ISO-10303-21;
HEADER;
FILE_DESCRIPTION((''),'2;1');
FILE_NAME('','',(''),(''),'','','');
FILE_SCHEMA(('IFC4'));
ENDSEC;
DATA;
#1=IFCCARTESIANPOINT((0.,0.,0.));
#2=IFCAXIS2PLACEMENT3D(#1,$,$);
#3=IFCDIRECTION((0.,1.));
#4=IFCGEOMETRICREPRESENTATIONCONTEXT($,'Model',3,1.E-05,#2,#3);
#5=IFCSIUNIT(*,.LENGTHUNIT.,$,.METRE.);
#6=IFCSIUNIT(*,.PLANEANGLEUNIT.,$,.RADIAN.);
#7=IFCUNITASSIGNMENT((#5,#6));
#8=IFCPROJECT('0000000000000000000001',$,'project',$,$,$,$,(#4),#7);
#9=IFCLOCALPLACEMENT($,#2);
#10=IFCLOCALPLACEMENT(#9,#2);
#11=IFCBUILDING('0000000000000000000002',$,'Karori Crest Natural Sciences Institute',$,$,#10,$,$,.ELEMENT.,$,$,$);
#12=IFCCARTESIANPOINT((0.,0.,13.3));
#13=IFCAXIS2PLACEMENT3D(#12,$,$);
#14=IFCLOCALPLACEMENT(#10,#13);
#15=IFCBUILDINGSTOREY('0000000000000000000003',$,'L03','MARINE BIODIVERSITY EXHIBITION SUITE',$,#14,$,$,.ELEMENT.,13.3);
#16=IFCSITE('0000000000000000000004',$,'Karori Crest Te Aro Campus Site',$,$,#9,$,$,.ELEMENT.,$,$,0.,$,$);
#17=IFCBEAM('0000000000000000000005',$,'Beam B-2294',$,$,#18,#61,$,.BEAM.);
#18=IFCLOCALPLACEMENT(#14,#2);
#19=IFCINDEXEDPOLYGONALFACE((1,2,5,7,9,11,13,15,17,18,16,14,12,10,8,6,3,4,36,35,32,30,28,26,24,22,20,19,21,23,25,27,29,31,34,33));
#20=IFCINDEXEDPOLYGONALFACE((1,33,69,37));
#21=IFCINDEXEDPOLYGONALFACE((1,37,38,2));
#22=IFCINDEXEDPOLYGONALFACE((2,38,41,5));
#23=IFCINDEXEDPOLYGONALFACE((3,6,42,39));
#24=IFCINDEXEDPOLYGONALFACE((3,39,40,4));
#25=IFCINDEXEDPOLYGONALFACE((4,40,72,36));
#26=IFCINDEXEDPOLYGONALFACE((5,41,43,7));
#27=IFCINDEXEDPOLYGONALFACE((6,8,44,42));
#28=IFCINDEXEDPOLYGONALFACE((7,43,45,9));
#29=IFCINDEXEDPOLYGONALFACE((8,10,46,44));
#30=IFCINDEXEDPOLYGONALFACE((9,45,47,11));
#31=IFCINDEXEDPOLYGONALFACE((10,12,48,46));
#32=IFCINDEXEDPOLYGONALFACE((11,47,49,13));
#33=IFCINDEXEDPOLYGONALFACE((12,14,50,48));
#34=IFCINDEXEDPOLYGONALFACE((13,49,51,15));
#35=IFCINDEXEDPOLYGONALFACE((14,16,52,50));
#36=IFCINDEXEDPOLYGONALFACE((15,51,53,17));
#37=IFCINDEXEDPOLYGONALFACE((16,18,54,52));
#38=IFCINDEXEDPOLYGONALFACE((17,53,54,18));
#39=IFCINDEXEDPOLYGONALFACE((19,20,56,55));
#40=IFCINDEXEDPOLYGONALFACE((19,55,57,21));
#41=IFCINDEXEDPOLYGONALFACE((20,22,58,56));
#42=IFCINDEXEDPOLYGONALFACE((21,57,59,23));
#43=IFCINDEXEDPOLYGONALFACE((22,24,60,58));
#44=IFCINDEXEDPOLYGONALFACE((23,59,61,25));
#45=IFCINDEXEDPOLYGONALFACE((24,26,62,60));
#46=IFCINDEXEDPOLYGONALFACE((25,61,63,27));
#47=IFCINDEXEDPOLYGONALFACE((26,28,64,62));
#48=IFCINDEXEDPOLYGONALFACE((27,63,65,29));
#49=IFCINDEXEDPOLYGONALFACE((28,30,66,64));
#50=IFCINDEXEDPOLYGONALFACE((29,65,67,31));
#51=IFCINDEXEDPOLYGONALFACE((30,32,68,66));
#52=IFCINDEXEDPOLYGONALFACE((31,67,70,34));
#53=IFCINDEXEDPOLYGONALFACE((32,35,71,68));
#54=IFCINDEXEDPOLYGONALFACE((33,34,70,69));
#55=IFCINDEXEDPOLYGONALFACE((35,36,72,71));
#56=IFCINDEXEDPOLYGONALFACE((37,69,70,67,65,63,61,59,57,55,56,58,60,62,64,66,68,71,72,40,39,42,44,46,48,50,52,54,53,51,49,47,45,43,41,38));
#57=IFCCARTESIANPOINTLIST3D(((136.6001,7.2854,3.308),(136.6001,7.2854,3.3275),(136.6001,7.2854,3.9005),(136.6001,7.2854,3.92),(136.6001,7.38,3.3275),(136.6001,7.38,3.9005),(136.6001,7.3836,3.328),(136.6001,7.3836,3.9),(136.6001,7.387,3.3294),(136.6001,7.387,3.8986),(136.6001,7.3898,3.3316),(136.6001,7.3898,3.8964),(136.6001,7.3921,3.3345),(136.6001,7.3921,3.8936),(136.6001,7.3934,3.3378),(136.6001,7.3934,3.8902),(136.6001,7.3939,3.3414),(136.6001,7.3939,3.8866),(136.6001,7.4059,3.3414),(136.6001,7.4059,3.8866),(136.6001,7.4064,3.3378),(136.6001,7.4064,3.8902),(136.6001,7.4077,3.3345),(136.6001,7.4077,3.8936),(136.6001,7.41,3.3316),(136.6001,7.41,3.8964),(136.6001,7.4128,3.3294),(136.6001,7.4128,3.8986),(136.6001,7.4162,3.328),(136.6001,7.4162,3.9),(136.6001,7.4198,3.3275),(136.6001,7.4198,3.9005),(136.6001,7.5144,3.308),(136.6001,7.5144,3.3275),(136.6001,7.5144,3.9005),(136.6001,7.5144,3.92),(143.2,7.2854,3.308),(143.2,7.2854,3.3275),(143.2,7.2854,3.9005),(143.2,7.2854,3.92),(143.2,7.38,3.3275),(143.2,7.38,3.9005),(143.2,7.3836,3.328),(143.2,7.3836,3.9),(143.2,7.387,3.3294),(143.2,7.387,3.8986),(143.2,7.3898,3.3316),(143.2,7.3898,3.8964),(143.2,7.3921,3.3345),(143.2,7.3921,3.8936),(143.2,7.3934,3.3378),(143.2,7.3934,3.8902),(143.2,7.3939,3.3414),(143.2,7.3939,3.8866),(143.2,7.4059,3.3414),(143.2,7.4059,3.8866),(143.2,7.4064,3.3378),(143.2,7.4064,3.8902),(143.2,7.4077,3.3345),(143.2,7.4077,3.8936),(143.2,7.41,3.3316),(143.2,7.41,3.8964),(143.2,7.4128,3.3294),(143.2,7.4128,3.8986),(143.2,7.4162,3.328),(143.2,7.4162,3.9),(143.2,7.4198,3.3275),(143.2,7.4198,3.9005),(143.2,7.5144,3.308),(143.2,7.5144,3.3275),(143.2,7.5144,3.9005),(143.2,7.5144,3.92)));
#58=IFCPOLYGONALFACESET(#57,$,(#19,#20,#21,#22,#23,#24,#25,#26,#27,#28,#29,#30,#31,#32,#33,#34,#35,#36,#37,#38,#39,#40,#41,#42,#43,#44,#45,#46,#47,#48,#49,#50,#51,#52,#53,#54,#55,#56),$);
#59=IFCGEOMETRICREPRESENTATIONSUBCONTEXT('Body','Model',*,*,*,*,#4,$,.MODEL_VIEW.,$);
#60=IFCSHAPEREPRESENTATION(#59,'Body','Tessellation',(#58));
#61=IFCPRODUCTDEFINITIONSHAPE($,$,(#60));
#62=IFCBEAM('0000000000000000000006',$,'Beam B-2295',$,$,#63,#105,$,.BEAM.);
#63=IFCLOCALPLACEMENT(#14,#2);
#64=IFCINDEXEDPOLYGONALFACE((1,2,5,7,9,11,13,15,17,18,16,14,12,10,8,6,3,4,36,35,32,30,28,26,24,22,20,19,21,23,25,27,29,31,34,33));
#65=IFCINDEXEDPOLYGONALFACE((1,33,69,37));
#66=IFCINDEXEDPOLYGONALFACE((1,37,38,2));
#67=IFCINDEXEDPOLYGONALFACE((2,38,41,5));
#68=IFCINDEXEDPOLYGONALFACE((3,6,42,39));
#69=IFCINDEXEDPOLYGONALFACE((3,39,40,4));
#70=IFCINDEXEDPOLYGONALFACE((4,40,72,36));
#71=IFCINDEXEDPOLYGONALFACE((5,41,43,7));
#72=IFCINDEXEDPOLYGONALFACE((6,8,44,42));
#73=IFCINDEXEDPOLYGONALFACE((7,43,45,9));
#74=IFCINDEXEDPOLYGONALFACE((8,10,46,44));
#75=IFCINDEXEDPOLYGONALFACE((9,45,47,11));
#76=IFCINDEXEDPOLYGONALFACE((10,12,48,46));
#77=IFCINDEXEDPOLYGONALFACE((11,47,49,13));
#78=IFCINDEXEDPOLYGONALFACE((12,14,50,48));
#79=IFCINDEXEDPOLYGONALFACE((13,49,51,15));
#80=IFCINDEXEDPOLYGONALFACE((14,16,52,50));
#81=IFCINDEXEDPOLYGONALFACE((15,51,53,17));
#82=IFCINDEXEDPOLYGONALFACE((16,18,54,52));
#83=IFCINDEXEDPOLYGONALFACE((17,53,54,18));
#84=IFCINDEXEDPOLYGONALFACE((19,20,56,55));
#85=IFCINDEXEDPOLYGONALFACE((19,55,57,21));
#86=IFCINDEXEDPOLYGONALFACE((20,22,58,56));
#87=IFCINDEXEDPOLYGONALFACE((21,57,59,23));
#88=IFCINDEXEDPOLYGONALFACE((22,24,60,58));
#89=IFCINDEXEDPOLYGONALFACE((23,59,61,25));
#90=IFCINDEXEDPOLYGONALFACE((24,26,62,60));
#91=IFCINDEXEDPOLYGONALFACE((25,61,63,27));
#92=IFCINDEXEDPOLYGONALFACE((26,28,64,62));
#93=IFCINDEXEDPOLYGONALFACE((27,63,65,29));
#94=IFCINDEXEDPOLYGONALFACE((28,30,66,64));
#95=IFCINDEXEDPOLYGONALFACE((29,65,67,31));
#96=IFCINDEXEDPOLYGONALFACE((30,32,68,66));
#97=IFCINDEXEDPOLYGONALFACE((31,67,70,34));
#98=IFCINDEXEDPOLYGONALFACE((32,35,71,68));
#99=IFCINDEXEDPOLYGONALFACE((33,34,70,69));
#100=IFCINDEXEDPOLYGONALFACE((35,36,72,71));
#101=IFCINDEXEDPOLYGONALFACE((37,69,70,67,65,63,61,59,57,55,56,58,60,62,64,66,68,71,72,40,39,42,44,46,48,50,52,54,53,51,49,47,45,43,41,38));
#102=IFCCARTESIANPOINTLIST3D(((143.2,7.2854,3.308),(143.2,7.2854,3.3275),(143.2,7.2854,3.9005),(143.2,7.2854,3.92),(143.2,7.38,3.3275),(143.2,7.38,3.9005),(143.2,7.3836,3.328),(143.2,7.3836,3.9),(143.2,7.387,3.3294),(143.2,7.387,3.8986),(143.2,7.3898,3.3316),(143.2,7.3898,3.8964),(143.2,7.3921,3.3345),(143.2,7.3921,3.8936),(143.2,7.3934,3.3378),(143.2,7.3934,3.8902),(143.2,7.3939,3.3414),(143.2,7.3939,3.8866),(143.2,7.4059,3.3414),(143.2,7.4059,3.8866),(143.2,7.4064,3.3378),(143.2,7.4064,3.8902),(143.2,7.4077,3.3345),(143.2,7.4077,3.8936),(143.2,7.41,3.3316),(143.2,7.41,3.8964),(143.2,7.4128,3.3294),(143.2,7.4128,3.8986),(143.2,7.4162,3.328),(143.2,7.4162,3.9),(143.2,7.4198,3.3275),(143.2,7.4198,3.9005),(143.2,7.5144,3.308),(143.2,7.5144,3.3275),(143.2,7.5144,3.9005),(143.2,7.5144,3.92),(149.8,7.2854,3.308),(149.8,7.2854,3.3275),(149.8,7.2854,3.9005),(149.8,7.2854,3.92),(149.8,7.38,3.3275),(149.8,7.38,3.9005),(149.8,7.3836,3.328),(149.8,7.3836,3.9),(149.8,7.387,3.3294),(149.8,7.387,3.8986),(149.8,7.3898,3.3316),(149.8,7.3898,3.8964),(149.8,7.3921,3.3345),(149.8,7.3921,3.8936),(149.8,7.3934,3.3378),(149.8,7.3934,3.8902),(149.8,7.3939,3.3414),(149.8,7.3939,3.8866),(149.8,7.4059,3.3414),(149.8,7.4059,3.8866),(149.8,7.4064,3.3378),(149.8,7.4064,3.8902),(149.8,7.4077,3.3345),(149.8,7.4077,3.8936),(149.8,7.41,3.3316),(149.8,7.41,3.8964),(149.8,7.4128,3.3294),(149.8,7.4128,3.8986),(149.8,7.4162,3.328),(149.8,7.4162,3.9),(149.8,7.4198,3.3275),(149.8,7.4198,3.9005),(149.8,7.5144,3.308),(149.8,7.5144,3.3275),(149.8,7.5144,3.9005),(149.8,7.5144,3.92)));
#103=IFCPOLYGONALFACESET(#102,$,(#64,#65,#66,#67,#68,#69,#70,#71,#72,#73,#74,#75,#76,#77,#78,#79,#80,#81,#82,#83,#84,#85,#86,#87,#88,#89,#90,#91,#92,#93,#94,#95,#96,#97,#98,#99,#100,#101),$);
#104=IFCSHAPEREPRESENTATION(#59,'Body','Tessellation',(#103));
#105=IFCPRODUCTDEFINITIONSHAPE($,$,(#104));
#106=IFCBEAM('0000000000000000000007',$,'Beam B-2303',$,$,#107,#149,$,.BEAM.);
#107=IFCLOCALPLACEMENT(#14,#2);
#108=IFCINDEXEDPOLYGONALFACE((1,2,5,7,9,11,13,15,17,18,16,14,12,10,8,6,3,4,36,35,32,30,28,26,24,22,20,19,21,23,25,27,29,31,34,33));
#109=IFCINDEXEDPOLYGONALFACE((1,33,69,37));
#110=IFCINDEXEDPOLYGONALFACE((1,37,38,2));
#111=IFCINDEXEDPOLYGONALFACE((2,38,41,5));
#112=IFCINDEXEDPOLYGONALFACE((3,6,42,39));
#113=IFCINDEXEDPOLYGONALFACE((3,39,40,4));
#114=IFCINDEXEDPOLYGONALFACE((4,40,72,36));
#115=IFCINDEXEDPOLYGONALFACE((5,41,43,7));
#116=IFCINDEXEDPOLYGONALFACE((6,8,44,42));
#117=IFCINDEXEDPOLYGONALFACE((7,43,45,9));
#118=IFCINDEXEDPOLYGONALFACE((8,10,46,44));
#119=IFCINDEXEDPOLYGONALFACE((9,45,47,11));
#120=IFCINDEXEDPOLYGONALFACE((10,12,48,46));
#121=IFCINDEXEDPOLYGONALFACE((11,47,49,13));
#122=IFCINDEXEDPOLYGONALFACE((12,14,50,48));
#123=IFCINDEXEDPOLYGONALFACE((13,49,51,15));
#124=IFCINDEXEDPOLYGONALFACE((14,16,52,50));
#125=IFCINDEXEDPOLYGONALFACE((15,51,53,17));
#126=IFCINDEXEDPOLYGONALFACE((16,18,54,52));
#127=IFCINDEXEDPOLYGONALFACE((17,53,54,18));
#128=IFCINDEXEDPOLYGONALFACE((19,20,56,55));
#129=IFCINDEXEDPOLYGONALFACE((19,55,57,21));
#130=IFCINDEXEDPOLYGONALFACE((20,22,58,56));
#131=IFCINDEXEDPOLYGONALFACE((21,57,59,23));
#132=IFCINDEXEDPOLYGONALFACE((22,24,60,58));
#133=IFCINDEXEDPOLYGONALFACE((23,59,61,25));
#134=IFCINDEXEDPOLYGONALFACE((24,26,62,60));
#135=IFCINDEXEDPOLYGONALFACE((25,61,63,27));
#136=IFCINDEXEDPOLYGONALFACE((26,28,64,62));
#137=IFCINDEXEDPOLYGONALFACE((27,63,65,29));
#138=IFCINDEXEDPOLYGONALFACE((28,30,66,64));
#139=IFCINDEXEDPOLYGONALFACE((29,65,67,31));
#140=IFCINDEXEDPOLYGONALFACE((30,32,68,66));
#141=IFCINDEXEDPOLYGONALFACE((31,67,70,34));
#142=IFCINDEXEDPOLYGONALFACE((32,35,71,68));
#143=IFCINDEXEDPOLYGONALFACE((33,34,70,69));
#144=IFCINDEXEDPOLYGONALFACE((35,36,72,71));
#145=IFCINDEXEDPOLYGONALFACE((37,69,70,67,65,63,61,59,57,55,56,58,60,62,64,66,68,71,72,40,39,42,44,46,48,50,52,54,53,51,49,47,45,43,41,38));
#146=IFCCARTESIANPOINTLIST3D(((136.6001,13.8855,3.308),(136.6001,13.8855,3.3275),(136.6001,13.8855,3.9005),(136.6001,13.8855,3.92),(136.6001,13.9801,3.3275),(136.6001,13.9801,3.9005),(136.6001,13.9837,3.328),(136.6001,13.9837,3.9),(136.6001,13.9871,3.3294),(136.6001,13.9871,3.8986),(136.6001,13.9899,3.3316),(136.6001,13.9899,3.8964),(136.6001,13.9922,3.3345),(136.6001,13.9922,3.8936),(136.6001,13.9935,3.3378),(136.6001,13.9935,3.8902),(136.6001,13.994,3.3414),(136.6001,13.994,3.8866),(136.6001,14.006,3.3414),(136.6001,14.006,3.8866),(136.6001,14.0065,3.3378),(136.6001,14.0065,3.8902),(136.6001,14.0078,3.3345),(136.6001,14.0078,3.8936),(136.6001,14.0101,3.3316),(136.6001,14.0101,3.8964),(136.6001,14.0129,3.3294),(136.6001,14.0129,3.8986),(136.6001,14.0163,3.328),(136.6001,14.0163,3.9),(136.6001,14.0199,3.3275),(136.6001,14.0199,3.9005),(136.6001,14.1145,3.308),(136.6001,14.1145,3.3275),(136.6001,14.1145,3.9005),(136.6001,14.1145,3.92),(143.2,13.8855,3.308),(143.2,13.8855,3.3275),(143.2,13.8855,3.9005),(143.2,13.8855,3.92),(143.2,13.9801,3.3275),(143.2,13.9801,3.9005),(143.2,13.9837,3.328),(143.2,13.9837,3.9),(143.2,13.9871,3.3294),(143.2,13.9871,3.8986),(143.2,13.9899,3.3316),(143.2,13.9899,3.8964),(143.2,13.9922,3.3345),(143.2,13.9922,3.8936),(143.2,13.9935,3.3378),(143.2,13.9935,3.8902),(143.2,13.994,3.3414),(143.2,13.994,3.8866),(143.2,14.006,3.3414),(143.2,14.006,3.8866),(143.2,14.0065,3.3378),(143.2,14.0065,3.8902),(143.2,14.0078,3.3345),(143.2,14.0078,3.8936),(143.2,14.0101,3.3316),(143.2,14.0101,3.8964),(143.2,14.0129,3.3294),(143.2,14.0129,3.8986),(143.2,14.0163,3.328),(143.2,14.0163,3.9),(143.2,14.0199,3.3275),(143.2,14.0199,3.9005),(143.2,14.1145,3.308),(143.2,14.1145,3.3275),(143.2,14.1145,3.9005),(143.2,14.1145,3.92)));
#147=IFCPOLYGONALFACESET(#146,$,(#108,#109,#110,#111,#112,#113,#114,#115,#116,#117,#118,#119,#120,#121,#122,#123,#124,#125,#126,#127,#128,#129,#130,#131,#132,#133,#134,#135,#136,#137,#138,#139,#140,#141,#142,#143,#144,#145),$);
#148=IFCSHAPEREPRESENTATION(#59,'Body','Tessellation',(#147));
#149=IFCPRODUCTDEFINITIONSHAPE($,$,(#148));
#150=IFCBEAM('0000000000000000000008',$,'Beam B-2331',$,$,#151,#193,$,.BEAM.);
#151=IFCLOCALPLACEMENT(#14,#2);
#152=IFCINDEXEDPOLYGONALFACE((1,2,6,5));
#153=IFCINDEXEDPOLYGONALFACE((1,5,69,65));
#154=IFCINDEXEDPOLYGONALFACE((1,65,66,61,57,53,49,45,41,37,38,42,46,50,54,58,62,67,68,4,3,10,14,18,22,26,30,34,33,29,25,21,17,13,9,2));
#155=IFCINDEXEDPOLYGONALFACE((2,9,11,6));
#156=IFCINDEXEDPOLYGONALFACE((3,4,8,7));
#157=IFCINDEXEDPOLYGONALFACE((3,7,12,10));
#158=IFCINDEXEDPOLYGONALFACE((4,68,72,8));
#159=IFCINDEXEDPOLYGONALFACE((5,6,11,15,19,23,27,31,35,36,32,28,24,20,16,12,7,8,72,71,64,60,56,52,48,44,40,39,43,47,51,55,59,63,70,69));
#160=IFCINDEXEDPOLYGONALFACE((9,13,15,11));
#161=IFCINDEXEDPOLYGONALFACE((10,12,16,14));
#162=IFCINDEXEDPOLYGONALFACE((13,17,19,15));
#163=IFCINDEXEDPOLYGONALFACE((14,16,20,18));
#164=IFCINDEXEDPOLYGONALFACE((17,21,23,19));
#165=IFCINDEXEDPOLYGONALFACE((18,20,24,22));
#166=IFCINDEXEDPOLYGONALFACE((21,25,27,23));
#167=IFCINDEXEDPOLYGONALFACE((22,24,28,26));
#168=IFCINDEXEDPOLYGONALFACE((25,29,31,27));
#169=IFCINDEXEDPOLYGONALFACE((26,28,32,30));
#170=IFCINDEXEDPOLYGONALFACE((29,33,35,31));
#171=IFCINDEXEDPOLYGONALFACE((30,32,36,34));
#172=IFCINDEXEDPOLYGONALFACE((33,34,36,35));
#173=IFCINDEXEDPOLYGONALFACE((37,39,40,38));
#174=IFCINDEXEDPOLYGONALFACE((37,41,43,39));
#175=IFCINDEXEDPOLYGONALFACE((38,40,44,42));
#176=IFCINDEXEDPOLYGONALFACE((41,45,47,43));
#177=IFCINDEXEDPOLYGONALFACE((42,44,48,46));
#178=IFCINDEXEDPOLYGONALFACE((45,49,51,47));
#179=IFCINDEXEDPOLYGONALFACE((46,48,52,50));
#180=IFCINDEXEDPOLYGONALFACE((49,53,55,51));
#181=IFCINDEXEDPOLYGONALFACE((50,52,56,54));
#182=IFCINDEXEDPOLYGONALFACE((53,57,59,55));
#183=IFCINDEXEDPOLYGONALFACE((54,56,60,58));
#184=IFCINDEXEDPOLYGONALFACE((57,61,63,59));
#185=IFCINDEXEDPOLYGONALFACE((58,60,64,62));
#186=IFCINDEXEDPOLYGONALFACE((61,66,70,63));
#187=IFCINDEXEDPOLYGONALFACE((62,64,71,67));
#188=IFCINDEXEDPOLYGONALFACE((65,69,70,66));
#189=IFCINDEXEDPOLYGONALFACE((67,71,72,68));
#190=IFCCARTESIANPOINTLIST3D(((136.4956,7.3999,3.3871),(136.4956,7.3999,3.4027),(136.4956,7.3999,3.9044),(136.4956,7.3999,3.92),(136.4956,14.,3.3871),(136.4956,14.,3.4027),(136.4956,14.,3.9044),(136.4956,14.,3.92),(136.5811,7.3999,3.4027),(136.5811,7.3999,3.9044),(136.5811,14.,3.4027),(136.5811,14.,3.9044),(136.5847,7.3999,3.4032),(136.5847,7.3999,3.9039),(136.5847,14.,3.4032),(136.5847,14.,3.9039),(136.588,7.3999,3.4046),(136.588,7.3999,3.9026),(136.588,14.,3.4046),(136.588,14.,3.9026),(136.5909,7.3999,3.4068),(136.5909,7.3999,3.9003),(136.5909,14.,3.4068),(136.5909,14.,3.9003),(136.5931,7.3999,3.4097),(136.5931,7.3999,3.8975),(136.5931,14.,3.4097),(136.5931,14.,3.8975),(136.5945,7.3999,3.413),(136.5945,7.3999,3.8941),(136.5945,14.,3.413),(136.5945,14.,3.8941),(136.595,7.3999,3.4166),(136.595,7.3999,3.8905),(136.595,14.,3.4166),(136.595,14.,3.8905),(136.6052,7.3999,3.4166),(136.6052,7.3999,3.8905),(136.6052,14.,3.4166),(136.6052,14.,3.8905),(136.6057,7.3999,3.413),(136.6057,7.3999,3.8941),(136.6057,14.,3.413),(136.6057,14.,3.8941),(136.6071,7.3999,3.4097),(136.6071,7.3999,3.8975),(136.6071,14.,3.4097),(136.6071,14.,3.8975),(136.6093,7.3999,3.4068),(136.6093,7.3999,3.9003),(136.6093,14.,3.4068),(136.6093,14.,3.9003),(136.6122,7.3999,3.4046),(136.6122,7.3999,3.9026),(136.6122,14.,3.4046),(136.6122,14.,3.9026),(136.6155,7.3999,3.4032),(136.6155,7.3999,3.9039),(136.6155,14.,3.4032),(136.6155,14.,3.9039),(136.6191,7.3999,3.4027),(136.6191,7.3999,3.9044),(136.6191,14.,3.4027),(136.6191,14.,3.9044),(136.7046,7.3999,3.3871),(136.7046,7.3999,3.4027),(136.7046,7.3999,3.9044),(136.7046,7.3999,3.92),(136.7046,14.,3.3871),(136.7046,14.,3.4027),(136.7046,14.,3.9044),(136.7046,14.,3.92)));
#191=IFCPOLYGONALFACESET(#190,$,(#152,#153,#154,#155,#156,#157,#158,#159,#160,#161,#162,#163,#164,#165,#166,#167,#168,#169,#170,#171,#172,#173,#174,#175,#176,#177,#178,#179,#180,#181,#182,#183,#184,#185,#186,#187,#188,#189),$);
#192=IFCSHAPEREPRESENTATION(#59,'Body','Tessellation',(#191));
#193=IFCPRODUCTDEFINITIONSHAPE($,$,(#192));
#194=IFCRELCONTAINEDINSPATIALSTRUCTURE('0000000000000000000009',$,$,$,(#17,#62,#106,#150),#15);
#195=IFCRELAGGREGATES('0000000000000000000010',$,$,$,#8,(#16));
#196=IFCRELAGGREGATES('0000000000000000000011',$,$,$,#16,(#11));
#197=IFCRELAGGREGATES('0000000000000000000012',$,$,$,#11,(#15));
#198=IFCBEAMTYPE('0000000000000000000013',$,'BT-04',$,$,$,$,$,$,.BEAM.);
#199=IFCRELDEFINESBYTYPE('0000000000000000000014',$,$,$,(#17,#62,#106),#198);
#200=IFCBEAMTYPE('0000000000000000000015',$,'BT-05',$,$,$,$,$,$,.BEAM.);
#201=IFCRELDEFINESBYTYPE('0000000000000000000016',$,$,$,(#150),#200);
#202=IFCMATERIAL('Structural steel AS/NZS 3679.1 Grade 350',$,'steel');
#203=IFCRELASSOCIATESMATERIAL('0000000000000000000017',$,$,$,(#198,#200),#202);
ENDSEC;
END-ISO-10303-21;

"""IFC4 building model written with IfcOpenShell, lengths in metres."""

from ifc_helpers import new_model, si_unit, direction, frame, origin, origin_2d, place, context, subcontext, project, spatial, i_section, extrude, material, material_profile, profile_set, type_object, element, save


model = new_model("IFC4")

# Units and contexts
model_context = context("Model", 3, precision=1e-05, world=origin(), true_north=direction((0.0, 1.0)))
body_context = subcontext(model_context, "Body", "Model", "MODEL_VIEW")
ifc_project = project(units=[si_unit("LENGTHUNIT", "METRE"), si_unit("PLANEANGLEUNIT", "RADIAN")], contexts=[model_context])

# Site, building, storey
site_placement = place(None, origin())
site = spatial("IfcSite", under=ifc_project, at=site_placement, Name="Karori Crest Te Aro Campus Site", CompositionType="ELEMENT", RefElevation=0.0)
building_placement = place(site_placement, origin())
building = spatial("IfcBuilding", under=site, at=building_placement, Name="Karori Crest Natural Sciences Institute", CompositionType="ELEMENT")
storey_placement = place(building_placement, frame((0.0, 0.0, 13.3)))
storey = spatial("IfcBuildingStorey", under=building, at=storey_placement, Name="L03", Description="MARINE BIODIVERSITY EXHIBITION SUITE", CompositionType="ELEMENT", Elevation=13.3)

# Shared definitions
ifc_material_1 = material(Name="Structural steel AS/NZS 3679.1 Grade 350", Category="steel")

# Beams
ifc_material_profile_1 = material_profile(ifc_material_1, i_section(OverallWidth=0.229, OverallDepth=0.6121, WebThickness=0.012, FlangeThickness=0.0195, FilletRadius=0.0139, at=origin_2d()), Name="610UB125")
ifc_profile_set_1 = profile_set([ifc_material_profile_1], Name="Structural steel AS/NZS 3679.1 Grade 350")
beam_type_1 = type_object("IfcBeamType", Name="BT-04", PredefinedType="BEAM", material=ifc_profile_set_1)
beam_1_placement = place(storey_placement, frame((136.6001, 7.3999, 3.614), z_axis=(1.0, 0.0, 0.0), x_axis=(0.0, 1.0, 0.0)))
element("IfcBeam", 1, at=beam_1_placement, inside=storey, type_object=beam_type_1, Name="Beam B-2294", PredefinedType="BEAM", context=body_context, shape_type="SweptSolid", body=[
    extrude(i_section(OverallWidth=0.229, OverallDepth=0.6121, WebThickness=0.012, FlangeThickness=0.0195, FilletRadius=0.0139, at=origin_2d()), origin(), (0.0, 0.0, 1.0), 6.5999),
])
beam_2_placement = place(storey_placement, frame((143.2, 7.3999, 3.614), z_axis=(1.0, 0.0, 0.0), x_axis=(0.0, 1.0, 0.0)))
element("IfcBeam", 2, at=beam_2_placement, inside=storey, type_object=beam_type_1, Name="Beam B-2295", PredefinedType="BEAM", context=body_context, shape_type="SweptSolid", body=[
    extrude(i_section(OverallWidth=0.229, OverallDepth=0.6121, WebThickness=0.012, FlangeThickness=0.0195, FilletRadius=0.0139, at=origin_2d()), origin(), (0.0, 0.0, 1.0), 6.6001),
])
beam_3_placement = place(storey_placement, frame((136.6001, 14.0, 3.614), z_axis=(1.0, 0.0, 0.0), x_axis=(0.0, 1.0, 0.0)))
element("IfcBeam", 3, at=beam_3_placement, inside=storey, type_object=beam_type_1, Name="Beam B-2303", PredefinedType="BEAM", context=body_context, shape_type="SweptSolid", body=[
    extrude(i_section(OverallWidth=0.229, OverallDepth=0.6121, WebThickness=0.012, FlangeThickness=0.0195, FilletRadius=0.0139, at=origin_2d()), origin(), (0.0, 0.0, 1.0), 6.5999),
])
ifc_material_profile_2 = material_profile(ifc_material_1, i_section(OverallWidth=0.209, OverallDepth=0.533, WebThickness=0.0103, FlangeThickness=0.0156, FilletRadius=0.0139, at=origin_2d()), Name="530UB92.4")
ifc_profile_set_2 = profile_set([ifc_material_profile_2], Name="Structural steel AS/NZS 3679.1 Grade 350")
beam_type_2 = type_object("IfcBeamType", Name="BT-05", PredefinedType="BEAM", material=ifc_profile_set_2)
for number, where, z_axis, x_axis, name in (
    (4, (136.6001, 7.3999, 3.6536), (0.0, 1.0, 0.0), (-1.0, 0.0, 0.0), "Beam B-2331"),
):
    element("IfcBeam", number, at=place(storey_placement, frame(where, z_axis=z_axis, x_axis=x_axis)), inside=storey, type_object=beam_type_2, Name=name, PredefinedType="BEAM", context=body_context, shape_type="SweptSolid", body=[
        extrude(i_section(OverallWidth=0.209, OverallDepth=0.533, WebThickness=0.0103, FlangeThickness=0.0156, FilletRadius=0.0139, at=origin_2d()), origin(), (0.0, 0.0, 1.0), 6.6001),
    ])

save(model, "model.ifc")
